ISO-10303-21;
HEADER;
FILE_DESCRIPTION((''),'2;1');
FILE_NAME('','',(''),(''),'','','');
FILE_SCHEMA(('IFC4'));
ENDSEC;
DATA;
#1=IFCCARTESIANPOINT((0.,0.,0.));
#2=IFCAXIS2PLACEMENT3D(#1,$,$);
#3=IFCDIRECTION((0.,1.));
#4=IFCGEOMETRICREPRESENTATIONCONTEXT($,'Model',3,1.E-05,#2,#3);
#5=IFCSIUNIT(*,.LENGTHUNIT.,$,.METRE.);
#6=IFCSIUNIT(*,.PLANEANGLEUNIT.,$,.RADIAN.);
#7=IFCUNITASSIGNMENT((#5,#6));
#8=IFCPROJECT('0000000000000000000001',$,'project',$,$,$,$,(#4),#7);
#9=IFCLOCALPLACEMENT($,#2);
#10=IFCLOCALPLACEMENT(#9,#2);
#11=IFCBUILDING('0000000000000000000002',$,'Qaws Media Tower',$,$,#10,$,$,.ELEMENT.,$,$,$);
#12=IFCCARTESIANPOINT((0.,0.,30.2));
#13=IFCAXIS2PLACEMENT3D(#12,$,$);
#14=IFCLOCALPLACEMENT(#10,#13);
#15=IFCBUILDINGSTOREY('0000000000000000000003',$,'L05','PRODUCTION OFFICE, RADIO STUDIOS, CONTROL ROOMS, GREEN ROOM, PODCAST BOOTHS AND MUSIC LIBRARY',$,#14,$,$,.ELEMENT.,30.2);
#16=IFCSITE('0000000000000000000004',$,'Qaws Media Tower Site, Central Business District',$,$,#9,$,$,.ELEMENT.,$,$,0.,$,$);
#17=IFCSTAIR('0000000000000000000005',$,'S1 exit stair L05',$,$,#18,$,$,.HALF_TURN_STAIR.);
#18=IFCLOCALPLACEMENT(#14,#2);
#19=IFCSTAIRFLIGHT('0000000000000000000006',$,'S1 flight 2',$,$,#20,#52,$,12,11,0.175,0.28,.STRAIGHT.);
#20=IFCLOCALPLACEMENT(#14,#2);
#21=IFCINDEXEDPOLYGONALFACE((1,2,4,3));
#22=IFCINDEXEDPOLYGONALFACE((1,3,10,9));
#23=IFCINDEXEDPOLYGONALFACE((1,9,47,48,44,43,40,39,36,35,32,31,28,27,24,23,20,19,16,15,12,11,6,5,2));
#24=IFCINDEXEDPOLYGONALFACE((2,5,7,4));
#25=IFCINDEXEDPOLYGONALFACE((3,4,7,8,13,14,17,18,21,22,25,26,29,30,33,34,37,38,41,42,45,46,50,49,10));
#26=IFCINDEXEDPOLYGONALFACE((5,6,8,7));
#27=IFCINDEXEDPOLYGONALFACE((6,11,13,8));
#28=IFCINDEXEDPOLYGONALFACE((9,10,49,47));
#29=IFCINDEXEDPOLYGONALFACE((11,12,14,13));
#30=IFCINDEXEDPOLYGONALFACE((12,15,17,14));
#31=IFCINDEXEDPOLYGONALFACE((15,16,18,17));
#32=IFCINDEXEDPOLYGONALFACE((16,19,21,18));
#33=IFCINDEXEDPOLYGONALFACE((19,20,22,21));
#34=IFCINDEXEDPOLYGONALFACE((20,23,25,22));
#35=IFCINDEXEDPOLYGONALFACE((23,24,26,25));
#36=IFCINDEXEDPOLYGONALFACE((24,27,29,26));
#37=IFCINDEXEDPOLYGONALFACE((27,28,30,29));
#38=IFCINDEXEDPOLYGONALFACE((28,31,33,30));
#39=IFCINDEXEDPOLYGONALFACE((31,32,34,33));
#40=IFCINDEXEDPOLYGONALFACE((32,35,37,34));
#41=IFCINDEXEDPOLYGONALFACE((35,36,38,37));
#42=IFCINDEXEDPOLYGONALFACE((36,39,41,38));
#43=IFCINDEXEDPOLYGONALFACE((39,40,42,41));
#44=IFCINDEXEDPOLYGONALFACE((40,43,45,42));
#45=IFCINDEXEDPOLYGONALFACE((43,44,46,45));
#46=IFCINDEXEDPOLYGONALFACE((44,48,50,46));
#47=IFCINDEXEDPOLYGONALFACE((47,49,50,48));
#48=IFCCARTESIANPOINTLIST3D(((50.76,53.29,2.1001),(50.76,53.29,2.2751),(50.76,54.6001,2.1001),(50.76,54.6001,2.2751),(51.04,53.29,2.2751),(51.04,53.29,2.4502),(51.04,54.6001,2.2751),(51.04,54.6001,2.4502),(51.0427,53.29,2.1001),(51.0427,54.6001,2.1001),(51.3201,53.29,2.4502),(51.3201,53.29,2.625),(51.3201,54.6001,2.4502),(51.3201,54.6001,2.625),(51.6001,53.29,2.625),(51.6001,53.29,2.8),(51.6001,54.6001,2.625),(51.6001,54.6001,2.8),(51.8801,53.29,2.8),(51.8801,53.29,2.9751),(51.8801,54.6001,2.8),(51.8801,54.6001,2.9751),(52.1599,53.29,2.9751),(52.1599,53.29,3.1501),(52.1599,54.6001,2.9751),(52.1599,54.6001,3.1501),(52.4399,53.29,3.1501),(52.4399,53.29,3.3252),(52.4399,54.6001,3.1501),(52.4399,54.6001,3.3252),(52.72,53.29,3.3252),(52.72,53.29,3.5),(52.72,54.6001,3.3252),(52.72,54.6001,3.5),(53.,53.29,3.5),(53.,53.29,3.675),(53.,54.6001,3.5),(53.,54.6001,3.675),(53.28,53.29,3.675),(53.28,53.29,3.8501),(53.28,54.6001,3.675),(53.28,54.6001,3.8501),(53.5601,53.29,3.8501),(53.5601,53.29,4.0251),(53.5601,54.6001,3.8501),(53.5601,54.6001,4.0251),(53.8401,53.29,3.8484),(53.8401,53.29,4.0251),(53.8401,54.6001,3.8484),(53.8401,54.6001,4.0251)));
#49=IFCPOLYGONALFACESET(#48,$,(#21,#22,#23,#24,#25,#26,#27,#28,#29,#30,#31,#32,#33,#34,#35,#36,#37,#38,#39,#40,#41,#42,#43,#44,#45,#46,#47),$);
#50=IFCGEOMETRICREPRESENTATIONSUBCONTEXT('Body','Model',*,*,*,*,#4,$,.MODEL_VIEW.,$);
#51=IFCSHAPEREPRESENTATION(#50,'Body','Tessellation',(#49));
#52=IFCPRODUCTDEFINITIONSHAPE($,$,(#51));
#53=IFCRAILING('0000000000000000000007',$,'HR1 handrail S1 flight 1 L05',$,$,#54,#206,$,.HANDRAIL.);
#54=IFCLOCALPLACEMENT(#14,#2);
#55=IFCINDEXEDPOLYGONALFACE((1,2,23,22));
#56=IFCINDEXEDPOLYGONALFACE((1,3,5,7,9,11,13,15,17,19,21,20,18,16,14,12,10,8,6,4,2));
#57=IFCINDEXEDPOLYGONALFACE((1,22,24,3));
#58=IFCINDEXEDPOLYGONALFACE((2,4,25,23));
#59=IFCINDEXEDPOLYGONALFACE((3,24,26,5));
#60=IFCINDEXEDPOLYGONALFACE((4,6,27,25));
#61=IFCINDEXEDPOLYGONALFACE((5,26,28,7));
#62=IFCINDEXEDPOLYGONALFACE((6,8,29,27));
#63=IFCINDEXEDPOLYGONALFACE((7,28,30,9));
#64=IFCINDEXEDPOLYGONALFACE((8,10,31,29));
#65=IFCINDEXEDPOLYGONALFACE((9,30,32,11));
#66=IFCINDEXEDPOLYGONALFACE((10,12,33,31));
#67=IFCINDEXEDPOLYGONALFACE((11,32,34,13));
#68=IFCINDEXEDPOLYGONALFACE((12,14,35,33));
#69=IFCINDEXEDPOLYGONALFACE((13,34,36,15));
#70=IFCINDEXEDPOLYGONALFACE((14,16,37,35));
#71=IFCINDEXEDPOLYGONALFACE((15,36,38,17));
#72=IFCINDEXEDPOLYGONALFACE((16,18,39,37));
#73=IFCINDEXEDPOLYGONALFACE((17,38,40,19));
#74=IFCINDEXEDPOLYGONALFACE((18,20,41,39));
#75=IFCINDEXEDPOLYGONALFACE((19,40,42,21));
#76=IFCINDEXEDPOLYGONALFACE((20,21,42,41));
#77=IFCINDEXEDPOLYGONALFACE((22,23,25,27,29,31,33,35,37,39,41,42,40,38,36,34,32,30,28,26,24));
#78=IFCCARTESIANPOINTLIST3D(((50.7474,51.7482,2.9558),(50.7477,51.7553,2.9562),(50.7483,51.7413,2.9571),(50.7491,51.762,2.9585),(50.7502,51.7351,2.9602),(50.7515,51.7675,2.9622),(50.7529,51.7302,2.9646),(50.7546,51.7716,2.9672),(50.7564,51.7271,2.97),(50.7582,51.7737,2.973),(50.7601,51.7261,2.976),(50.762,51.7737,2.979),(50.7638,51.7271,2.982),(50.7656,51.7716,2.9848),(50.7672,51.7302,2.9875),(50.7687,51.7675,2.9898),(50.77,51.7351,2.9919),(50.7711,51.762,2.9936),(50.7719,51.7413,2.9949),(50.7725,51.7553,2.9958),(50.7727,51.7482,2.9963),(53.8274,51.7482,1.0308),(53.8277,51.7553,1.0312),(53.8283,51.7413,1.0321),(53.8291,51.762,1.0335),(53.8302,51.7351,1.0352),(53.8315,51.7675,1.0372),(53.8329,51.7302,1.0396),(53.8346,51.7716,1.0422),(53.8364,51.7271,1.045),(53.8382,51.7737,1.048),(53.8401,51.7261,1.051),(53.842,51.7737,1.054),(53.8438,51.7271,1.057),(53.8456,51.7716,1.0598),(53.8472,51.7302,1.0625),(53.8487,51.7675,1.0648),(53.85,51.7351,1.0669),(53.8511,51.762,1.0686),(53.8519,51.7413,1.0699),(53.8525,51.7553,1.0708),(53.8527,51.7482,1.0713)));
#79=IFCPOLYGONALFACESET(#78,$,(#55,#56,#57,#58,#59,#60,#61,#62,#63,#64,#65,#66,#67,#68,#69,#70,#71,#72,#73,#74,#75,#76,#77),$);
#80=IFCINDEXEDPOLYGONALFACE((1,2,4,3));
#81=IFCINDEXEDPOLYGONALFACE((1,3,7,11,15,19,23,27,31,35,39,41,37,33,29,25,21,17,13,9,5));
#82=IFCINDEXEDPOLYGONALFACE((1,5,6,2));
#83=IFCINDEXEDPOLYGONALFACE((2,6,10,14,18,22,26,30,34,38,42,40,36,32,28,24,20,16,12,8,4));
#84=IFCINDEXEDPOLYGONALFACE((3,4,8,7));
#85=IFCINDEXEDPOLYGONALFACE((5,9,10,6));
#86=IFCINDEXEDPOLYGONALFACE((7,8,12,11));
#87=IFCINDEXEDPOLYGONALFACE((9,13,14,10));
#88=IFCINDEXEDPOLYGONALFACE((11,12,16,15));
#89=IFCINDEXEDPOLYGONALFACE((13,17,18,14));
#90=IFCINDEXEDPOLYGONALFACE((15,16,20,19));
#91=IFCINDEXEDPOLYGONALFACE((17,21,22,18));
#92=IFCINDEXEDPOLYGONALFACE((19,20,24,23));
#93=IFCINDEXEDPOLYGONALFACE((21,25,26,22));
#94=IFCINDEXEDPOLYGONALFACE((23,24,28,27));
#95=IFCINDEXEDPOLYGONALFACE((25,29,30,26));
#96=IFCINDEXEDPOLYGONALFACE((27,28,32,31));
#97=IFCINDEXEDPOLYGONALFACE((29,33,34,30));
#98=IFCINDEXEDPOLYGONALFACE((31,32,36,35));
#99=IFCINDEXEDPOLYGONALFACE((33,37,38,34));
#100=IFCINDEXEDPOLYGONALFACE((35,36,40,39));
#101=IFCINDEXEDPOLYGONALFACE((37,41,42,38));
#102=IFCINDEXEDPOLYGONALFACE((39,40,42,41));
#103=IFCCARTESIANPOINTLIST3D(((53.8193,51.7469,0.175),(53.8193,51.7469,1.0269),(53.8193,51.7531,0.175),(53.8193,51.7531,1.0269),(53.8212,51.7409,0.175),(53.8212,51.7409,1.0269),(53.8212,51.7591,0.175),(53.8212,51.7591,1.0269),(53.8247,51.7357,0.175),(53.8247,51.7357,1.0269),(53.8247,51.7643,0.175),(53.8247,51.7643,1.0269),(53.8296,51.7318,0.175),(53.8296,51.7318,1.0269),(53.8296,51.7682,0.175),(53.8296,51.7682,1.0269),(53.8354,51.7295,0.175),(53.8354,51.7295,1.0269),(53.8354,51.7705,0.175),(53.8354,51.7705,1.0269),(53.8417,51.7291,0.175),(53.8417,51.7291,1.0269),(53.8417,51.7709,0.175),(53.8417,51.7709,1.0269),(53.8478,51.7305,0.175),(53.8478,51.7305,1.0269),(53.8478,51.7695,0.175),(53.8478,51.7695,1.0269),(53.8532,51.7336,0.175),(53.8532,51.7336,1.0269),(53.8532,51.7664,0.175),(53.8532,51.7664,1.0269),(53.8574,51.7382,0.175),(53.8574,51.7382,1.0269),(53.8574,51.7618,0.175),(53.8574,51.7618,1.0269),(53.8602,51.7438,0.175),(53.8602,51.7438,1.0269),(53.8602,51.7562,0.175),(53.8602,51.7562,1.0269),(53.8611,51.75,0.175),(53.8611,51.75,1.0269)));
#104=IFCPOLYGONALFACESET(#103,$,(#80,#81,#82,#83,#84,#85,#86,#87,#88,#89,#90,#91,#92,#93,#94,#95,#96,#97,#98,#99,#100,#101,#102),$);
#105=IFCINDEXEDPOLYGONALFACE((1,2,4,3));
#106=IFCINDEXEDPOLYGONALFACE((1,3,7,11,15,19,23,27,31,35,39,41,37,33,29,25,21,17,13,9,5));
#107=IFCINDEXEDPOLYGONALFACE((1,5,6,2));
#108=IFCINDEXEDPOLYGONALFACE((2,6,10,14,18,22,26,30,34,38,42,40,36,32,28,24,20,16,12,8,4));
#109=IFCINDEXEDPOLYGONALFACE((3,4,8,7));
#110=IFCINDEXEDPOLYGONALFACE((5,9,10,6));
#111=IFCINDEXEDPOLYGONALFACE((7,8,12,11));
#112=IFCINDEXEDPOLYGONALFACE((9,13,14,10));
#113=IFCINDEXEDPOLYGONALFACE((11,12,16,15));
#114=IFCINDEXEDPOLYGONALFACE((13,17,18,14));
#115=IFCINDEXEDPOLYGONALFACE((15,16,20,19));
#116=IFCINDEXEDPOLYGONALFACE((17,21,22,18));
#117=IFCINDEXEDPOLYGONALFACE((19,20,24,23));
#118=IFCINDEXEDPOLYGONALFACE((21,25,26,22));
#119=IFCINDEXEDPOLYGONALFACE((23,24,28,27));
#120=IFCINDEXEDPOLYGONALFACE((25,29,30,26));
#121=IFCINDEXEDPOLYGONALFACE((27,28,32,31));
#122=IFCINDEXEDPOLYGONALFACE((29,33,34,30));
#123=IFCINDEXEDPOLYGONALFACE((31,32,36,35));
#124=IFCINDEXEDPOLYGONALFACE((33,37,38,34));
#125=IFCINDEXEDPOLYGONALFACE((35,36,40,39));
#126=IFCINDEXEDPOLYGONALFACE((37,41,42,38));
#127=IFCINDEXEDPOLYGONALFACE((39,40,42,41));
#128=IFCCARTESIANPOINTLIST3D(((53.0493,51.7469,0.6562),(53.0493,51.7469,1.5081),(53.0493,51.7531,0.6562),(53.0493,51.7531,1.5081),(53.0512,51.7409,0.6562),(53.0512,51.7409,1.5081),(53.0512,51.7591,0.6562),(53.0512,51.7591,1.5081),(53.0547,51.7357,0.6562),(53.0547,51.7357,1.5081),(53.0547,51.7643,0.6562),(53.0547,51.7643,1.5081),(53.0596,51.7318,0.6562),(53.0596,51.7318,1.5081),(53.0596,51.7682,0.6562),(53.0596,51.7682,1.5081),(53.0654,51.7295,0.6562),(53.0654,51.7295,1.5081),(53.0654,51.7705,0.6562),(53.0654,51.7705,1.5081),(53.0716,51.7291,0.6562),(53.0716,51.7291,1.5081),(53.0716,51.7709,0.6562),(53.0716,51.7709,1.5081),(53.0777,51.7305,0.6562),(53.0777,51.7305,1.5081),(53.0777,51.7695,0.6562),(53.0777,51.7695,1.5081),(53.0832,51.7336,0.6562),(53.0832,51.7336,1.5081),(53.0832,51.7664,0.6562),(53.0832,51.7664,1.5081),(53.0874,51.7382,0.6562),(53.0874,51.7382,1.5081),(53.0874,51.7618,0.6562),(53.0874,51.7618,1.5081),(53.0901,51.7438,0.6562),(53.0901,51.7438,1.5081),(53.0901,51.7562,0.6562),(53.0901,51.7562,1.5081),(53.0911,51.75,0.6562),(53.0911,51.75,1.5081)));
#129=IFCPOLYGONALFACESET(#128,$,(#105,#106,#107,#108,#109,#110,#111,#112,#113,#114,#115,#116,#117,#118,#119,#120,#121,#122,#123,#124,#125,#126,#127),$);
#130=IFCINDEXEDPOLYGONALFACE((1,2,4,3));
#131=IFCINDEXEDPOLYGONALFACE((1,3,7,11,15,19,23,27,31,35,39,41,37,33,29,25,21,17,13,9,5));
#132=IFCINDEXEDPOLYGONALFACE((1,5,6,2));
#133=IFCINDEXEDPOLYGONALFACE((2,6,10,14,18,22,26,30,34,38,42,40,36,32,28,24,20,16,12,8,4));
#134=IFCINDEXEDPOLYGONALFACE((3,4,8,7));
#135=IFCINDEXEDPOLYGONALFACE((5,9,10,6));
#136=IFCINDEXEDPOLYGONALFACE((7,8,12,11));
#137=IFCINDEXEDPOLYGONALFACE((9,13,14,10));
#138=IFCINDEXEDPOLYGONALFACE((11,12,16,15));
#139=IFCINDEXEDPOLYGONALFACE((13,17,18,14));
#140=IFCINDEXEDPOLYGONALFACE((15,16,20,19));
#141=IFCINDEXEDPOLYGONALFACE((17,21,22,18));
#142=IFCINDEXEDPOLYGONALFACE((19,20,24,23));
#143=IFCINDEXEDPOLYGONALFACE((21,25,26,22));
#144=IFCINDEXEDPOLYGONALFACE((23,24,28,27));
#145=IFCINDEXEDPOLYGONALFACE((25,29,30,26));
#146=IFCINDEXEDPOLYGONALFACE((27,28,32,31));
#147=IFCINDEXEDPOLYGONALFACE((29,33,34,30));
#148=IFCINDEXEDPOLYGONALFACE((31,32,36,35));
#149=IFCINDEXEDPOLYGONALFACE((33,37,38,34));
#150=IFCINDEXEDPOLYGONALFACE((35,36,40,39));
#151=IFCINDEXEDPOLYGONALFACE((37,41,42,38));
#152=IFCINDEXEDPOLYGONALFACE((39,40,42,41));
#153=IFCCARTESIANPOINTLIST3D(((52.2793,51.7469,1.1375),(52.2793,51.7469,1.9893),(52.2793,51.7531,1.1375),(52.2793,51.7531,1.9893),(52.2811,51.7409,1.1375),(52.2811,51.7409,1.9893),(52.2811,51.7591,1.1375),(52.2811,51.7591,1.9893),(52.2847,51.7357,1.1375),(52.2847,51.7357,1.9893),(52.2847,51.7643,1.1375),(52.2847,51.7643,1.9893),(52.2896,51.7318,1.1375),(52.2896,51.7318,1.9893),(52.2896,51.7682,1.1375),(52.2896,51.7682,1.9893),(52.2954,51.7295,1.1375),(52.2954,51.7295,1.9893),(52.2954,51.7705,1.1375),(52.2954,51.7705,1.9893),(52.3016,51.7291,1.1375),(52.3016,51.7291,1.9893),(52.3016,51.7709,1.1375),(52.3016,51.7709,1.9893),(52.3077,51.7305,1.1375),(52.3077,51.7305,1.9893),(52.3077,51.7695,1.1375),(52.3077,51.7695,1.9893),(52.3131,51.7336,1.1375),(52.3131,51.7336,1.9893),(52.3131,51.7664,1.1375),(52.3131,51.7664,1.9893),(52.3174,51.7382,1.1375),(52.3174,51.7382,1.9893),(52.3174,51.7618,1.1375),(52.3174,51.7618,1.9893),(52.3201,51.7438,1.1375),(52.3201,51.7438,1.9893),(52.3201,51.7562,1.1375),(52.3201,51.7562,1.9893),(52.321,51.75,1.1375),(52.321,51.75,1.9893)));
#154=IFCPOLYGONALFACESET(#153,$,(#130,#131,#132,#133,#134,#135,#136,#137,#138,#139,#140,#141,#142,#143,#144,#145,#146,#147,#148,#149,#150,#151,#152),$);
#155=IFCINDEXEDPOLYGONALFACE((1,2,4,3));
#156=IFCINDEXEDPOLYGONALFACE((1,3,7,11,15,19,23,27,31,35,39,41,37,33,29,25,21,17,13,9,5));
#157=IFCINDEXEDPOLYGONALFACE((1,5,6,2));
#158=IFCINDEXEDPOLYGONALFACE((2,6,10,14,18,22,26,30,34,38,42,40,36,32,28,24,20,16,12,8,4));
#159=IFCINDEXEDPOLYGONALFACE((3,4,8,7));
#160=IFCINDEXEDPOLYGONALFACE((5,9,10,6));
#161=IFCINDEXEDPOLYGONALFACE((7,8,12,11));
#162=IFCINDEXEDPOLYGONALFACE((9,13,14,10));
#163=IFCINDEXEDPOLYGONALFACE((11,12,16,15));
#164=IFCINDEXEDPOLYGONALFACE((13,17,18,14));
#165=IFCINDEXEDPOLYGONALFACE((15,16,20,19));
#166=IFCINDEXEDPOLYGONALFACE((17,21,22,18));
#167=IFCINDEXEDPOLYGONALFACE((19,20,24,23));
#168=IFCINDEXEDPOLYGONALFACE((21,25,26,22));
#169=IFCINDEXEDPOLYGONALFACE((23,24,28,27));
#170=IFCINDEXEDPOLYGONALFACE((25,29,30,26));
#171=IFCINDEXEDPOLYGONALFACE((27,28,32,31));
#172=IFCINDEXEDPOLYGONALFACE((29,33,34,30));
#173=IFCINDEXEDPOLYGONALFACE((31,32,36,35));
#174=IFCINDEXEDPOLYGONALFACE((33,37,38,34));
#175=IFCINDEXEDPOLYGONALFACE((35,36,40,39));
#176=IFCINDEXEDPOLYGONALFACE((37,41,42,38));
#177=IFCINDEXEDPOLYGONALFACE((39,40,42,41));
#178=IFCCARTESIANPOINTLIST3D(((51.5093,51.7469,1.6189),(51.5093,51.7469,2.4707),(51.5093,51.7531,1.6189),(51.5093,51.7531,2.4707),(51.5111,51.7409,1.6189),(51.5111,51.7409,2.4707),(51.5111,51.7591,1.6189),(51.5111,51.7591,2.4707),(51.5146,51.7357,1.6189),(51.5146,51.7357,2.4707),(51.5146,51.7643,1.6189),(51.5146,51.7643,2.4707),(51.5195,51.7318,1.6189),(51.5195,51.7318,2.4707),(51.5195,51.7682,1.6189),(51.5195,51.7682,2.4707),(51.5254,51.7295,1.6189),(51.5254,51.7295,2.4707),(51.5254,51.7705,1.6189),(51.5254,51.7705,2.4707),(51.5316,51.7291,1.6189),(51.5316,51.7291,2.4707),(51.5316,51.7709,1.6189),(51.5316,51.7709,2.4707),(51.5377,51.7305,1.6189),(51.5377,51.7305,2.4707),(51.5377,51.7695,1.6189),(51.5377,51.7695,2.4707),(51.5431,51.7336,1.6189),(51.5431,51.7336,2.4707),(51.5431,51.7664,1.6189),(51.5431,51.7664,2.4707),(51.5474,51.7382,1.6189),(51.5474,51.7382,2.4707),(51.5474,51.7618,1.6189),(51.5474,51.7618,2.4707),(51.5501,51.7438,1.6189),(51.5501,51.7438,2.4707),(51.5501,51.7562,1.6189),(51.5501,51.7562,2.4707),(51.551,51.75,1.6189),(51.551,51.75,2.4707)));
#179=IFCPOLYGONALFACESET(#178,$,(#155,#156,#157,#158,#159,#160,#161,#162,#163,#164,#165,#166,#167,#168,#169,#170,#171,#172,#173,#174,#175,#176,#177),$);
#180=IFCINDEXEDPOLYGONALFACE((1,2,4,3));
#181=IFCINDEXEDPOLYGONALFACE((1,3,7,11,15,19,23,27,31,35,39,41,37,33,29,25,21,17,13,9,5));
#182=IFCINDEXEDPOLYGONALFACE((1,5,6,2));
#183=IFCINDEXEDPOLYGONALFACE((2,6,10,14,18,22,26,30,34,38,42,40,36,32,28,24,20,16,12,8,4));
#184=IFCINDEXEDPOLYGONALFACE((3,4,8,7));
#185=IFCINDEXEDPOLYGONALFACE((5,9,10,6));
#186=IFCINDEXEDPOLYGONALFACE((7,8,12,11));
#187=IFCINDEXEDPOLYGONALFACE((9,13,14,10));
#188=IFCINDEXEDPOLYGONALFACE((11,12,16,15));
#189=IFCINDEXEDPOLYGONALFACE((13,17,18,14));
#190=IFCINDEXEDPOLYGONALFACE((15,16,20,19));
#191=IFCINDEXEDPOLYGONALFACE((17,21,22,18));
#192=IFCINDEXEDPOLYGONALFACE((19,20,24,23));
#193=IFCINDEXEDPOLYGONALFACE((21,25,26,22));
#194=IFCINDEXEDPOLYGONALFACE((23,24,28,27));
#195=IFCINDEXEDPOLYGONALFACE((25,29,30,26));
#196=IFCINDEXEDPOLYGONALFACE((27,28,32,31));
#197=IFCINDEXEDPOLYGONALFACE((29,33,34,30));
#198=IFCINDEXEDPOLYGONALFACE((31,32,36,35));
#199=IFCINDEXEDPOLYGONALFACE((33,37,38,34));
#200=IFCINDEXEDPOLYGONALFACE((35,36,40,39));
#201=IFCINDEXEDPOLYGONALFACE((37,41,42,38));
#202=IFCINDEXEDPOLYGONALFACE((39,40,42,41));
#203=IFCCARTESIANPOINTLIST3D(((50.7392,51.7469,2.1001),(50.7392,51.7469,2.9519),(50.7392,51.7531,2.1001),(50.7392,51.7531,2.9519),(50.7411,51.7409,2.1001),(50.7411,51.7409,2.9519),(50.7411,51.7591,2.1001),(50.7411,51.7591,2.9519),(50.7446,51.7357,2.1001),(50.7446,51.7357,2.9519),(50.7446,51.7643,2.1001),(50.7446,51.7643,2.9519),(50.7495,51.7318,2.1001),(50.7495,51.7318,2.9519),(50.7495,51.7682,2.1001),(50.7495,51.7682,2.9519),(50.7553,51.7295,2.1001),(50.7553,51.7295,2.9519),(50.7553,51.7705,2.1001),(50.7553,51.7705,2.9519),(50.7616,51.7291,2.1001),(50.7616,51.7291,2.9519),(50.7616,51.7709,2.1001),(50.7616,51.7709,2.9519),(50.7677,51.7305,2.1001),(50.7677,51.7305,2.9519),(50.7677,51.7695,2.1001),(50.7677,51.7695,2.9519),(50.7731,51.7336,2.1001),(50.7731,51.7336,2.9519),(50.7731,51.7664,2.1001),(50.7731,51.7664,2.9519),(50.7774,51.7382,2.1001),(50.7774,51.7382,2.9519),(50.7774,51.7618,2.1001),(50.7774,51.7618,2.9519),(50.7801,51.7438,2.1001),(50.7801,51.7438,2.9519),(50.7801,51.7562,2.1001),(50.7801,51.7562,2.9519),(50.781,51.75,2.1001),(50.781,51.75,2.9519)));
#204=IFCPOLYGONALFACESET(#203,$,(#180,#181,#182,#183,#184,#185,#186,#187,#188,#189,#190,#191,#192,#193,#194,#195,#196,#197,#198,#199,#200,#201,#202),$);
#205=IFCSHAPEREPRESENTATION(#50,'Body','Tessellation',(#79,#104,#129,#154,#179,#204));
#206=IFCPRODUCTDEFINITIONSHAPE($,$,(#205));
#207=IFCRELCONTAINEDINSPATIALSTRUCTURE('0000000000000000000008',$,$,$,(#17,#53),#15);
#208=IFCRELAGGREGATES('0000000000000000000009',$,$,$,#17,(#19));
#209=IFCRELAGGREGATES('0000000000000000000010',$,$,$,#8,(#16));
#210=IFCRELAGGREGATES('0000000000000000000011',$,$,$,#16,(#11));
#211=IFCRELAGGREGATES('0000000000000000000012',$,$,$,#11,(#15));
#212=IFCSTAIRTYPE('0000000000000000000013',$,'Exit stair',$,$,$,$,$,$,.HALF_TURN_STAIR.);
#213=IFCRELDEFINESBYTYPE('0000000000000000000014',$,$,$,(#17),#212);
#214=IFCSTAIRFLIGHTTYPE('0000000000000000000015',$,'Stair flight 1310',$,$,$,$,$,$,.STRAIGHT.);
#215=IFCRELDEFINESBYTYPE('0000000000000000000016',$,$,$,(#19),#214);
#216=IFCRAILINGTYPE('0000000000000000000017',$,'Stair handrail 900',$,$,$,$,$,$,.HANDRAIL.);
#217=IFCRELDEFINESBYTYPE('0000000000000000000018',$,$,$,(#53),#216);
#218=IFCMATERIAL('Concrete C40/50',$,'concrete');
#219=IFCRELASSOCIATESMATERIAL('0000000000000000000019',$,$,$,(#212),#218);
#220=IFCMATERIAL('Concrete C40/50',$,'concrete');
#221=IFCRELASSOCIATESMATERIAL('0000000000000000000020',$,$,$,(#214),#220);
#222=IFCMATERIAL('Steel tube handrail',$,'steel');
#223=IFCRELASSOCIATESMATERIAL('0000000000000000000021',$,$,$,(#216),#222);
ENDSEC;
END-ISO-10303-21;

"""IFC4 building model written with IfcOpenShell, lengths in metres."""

from ifc_helpers import new_model, si_unit, direction, frame, origin, origin_2d, place, context, subcontext, project, spatial, polyline, circle, outline, extrude, material, type_object, element, aggregate, save


model = new_model("IFC4")

# Units and contexts
model_context = context("Model", 3, precision=1e-05, world=origin(), true_north=direction((0.0, 1.0)))
body_context = subcontext(model_context, "Body", "Model", "MODEL_VIEW")
ifc_project = project(units=[si_unit("LENGTHUNIT", "METRE"), si_unit("PLANEANGLEUNIT", "RADIAN")], contexts=[model_context])

# Site, building, storey
site_placement = place(None, origin())
site = spatial("IfcSite", under=ifc_project, at=site_placement, Name="Qaws Media Tower Site, Central Business District", CompositionType="ELEMENT", RefElevation=0.0)
building_placement = place(site_placement, origin())
building = spatial("IfcBuilding", under=site, at=building_placement, Name="Qaws Media Tower", CompositionType="ELEMENT")
storey_placement = place(building_placement, frame((0.0, 0.0, 30.2)))
storey = spatial("IfcBuildingStorey", under=building, at=storey_placement, Name="L05", Description="PRODUCTION OFFICE, RADIO STUDIOS, CONTROL ROOMS, GREEN ROOM, PODCAST BOOTHS AND MUSIC LIBRARY", CompositionType="ELEMENT", Elevation=30.2)

# Stair, stair flight
ifc_material_1 = material(Name="Concrete C40/50", Category="concrete")
stair_type = type_object("IfcStairType", Name="Exit stair", PredefinedType="HALF_TURN_STAIR", material=ifc_material_1)
stair_placement = place(storey_placement, origin())
stair = element("IfcStair", 1, at=stair_placement, inside=storey, type_object=stair_type, Name="S1 exit stair L05", PredefinedType="HALF_TURN_STAIR")
ifc_material_2 = material(Name="Concrete C40/50", Category="concrete")
stair_flight_type = type_object("IfcStairFlightType", Name="Stair flight 1310", PredefinedType="STRAIGHT", material=ifc_material_2)
stair_flight_1_placement = place(storey_placement, frame((50.76, 53.9451, 2.1001), z_axis=(0.0, 0.0, 1.0), x_axis=(1.0, 0.0, 0.0)))
stair_flight_1 = element("IfcStairFlight", 2, at=stair_flight_1_placement, type_object=stair_flight_type, Name="S1 flight 2", NumberOfRisers=12, NumberOfTreads=11, PredefinedType="STRAIGHT", RiserHeight=0.175, TreadLength=0.28, context=body_context, shape_type="SweptSolid", body=[
    extrude(outline(polyline([(0.0, 0.0), (0.0, 0.175), (0.28, 0.175), (0.28, 0.3501), (0.5601, 0.3501), (0.5601, 0.5249), (0.8401, 0.5249), (0.8401, 0.7), (1.1201, 0.7), (1.1201, 0.875), (1.3999, 0.875), (1.3999, 1.05), (1.6799, 1.05), (1.6799, 1.2251), (1.96, 1.2251), (1.96, 1.3999), (2.24, 1.3999), (2.24, 1.575), (2.52, 1.575), (2.52, 1.75), (2.8, 1.75), (2.8, 1.925), (3.0801, 1.925), (3.0801, 2.1001), (3.0801, 1.7483), (0.2827, 0.0), (0.0, 0.0)])), frame((0.0, 0.655, 0.0), z_axis=(0.0, -1.0, 0.0), x_axis=(1.0, 0.0, 0.0)), (0.0, 0.0, 1.0), 1.3101),
])
aggregate(stair, [stair_flight_1])

# Railing
ifc_material_3 = material(Name="Steel tube handrail", Category="steel")
railing_type = type_object("IfcRailingType", Name="Stair handrail 900", PredefinedType="HANDRAIL", material=ifc_material_3)
for number, where, name in (
    (3, (53.8401, 51.75, 0.175), "HR1 handrail S1 flight 1 L05"),
):
    element("IfcRailing", number, at=place(storey_placement, frame(where)), inside=storey, type_object=railing_type, Name=name, PredefinedType="HANDRAIL", context=body_context, shape_type="SweptSolid", body=[
        extrude(circle(Radius=0.0239, at=origin_2d()), frame((0.0, 0.0, 0.876), z_axis=(-0.847998, 0.0, 0.529999), x_axis=(0.0, -1.0, 0.0)), (0.0, 0.0, 1.0), 3.6321),
        extrude(circle(Radius=0.021, at=origin_2d()), origin(), (0.0, 0.0, 1.0), 0.8518),
        extrude(circle(Radius=0.021, at=origin_2d()), frame((-0.77, 0.0, 0.4812)), (0.0, 0.0, 1.0), 0.8518),
        extrude(circle(Radius=0.021, at=origin_2d()), frame((-1.54, 0.0, 0.9624)), (0.0, 0.0, 1.0), 0.8518),
        extrude(circle(Radius=0.021, at=origin_2d()), frame((-2.3101, 0.0, 1.4438)), (0.0, 0.0, 1.0), 0.8518),
        extrude(circle(Radius=0.021, at=origin_2d()), frame((-3.0801, 0.0, 1.925)), (0.0, 0.0, 1.0), 0.8518),
    ])

save(model, "model.ifc")
